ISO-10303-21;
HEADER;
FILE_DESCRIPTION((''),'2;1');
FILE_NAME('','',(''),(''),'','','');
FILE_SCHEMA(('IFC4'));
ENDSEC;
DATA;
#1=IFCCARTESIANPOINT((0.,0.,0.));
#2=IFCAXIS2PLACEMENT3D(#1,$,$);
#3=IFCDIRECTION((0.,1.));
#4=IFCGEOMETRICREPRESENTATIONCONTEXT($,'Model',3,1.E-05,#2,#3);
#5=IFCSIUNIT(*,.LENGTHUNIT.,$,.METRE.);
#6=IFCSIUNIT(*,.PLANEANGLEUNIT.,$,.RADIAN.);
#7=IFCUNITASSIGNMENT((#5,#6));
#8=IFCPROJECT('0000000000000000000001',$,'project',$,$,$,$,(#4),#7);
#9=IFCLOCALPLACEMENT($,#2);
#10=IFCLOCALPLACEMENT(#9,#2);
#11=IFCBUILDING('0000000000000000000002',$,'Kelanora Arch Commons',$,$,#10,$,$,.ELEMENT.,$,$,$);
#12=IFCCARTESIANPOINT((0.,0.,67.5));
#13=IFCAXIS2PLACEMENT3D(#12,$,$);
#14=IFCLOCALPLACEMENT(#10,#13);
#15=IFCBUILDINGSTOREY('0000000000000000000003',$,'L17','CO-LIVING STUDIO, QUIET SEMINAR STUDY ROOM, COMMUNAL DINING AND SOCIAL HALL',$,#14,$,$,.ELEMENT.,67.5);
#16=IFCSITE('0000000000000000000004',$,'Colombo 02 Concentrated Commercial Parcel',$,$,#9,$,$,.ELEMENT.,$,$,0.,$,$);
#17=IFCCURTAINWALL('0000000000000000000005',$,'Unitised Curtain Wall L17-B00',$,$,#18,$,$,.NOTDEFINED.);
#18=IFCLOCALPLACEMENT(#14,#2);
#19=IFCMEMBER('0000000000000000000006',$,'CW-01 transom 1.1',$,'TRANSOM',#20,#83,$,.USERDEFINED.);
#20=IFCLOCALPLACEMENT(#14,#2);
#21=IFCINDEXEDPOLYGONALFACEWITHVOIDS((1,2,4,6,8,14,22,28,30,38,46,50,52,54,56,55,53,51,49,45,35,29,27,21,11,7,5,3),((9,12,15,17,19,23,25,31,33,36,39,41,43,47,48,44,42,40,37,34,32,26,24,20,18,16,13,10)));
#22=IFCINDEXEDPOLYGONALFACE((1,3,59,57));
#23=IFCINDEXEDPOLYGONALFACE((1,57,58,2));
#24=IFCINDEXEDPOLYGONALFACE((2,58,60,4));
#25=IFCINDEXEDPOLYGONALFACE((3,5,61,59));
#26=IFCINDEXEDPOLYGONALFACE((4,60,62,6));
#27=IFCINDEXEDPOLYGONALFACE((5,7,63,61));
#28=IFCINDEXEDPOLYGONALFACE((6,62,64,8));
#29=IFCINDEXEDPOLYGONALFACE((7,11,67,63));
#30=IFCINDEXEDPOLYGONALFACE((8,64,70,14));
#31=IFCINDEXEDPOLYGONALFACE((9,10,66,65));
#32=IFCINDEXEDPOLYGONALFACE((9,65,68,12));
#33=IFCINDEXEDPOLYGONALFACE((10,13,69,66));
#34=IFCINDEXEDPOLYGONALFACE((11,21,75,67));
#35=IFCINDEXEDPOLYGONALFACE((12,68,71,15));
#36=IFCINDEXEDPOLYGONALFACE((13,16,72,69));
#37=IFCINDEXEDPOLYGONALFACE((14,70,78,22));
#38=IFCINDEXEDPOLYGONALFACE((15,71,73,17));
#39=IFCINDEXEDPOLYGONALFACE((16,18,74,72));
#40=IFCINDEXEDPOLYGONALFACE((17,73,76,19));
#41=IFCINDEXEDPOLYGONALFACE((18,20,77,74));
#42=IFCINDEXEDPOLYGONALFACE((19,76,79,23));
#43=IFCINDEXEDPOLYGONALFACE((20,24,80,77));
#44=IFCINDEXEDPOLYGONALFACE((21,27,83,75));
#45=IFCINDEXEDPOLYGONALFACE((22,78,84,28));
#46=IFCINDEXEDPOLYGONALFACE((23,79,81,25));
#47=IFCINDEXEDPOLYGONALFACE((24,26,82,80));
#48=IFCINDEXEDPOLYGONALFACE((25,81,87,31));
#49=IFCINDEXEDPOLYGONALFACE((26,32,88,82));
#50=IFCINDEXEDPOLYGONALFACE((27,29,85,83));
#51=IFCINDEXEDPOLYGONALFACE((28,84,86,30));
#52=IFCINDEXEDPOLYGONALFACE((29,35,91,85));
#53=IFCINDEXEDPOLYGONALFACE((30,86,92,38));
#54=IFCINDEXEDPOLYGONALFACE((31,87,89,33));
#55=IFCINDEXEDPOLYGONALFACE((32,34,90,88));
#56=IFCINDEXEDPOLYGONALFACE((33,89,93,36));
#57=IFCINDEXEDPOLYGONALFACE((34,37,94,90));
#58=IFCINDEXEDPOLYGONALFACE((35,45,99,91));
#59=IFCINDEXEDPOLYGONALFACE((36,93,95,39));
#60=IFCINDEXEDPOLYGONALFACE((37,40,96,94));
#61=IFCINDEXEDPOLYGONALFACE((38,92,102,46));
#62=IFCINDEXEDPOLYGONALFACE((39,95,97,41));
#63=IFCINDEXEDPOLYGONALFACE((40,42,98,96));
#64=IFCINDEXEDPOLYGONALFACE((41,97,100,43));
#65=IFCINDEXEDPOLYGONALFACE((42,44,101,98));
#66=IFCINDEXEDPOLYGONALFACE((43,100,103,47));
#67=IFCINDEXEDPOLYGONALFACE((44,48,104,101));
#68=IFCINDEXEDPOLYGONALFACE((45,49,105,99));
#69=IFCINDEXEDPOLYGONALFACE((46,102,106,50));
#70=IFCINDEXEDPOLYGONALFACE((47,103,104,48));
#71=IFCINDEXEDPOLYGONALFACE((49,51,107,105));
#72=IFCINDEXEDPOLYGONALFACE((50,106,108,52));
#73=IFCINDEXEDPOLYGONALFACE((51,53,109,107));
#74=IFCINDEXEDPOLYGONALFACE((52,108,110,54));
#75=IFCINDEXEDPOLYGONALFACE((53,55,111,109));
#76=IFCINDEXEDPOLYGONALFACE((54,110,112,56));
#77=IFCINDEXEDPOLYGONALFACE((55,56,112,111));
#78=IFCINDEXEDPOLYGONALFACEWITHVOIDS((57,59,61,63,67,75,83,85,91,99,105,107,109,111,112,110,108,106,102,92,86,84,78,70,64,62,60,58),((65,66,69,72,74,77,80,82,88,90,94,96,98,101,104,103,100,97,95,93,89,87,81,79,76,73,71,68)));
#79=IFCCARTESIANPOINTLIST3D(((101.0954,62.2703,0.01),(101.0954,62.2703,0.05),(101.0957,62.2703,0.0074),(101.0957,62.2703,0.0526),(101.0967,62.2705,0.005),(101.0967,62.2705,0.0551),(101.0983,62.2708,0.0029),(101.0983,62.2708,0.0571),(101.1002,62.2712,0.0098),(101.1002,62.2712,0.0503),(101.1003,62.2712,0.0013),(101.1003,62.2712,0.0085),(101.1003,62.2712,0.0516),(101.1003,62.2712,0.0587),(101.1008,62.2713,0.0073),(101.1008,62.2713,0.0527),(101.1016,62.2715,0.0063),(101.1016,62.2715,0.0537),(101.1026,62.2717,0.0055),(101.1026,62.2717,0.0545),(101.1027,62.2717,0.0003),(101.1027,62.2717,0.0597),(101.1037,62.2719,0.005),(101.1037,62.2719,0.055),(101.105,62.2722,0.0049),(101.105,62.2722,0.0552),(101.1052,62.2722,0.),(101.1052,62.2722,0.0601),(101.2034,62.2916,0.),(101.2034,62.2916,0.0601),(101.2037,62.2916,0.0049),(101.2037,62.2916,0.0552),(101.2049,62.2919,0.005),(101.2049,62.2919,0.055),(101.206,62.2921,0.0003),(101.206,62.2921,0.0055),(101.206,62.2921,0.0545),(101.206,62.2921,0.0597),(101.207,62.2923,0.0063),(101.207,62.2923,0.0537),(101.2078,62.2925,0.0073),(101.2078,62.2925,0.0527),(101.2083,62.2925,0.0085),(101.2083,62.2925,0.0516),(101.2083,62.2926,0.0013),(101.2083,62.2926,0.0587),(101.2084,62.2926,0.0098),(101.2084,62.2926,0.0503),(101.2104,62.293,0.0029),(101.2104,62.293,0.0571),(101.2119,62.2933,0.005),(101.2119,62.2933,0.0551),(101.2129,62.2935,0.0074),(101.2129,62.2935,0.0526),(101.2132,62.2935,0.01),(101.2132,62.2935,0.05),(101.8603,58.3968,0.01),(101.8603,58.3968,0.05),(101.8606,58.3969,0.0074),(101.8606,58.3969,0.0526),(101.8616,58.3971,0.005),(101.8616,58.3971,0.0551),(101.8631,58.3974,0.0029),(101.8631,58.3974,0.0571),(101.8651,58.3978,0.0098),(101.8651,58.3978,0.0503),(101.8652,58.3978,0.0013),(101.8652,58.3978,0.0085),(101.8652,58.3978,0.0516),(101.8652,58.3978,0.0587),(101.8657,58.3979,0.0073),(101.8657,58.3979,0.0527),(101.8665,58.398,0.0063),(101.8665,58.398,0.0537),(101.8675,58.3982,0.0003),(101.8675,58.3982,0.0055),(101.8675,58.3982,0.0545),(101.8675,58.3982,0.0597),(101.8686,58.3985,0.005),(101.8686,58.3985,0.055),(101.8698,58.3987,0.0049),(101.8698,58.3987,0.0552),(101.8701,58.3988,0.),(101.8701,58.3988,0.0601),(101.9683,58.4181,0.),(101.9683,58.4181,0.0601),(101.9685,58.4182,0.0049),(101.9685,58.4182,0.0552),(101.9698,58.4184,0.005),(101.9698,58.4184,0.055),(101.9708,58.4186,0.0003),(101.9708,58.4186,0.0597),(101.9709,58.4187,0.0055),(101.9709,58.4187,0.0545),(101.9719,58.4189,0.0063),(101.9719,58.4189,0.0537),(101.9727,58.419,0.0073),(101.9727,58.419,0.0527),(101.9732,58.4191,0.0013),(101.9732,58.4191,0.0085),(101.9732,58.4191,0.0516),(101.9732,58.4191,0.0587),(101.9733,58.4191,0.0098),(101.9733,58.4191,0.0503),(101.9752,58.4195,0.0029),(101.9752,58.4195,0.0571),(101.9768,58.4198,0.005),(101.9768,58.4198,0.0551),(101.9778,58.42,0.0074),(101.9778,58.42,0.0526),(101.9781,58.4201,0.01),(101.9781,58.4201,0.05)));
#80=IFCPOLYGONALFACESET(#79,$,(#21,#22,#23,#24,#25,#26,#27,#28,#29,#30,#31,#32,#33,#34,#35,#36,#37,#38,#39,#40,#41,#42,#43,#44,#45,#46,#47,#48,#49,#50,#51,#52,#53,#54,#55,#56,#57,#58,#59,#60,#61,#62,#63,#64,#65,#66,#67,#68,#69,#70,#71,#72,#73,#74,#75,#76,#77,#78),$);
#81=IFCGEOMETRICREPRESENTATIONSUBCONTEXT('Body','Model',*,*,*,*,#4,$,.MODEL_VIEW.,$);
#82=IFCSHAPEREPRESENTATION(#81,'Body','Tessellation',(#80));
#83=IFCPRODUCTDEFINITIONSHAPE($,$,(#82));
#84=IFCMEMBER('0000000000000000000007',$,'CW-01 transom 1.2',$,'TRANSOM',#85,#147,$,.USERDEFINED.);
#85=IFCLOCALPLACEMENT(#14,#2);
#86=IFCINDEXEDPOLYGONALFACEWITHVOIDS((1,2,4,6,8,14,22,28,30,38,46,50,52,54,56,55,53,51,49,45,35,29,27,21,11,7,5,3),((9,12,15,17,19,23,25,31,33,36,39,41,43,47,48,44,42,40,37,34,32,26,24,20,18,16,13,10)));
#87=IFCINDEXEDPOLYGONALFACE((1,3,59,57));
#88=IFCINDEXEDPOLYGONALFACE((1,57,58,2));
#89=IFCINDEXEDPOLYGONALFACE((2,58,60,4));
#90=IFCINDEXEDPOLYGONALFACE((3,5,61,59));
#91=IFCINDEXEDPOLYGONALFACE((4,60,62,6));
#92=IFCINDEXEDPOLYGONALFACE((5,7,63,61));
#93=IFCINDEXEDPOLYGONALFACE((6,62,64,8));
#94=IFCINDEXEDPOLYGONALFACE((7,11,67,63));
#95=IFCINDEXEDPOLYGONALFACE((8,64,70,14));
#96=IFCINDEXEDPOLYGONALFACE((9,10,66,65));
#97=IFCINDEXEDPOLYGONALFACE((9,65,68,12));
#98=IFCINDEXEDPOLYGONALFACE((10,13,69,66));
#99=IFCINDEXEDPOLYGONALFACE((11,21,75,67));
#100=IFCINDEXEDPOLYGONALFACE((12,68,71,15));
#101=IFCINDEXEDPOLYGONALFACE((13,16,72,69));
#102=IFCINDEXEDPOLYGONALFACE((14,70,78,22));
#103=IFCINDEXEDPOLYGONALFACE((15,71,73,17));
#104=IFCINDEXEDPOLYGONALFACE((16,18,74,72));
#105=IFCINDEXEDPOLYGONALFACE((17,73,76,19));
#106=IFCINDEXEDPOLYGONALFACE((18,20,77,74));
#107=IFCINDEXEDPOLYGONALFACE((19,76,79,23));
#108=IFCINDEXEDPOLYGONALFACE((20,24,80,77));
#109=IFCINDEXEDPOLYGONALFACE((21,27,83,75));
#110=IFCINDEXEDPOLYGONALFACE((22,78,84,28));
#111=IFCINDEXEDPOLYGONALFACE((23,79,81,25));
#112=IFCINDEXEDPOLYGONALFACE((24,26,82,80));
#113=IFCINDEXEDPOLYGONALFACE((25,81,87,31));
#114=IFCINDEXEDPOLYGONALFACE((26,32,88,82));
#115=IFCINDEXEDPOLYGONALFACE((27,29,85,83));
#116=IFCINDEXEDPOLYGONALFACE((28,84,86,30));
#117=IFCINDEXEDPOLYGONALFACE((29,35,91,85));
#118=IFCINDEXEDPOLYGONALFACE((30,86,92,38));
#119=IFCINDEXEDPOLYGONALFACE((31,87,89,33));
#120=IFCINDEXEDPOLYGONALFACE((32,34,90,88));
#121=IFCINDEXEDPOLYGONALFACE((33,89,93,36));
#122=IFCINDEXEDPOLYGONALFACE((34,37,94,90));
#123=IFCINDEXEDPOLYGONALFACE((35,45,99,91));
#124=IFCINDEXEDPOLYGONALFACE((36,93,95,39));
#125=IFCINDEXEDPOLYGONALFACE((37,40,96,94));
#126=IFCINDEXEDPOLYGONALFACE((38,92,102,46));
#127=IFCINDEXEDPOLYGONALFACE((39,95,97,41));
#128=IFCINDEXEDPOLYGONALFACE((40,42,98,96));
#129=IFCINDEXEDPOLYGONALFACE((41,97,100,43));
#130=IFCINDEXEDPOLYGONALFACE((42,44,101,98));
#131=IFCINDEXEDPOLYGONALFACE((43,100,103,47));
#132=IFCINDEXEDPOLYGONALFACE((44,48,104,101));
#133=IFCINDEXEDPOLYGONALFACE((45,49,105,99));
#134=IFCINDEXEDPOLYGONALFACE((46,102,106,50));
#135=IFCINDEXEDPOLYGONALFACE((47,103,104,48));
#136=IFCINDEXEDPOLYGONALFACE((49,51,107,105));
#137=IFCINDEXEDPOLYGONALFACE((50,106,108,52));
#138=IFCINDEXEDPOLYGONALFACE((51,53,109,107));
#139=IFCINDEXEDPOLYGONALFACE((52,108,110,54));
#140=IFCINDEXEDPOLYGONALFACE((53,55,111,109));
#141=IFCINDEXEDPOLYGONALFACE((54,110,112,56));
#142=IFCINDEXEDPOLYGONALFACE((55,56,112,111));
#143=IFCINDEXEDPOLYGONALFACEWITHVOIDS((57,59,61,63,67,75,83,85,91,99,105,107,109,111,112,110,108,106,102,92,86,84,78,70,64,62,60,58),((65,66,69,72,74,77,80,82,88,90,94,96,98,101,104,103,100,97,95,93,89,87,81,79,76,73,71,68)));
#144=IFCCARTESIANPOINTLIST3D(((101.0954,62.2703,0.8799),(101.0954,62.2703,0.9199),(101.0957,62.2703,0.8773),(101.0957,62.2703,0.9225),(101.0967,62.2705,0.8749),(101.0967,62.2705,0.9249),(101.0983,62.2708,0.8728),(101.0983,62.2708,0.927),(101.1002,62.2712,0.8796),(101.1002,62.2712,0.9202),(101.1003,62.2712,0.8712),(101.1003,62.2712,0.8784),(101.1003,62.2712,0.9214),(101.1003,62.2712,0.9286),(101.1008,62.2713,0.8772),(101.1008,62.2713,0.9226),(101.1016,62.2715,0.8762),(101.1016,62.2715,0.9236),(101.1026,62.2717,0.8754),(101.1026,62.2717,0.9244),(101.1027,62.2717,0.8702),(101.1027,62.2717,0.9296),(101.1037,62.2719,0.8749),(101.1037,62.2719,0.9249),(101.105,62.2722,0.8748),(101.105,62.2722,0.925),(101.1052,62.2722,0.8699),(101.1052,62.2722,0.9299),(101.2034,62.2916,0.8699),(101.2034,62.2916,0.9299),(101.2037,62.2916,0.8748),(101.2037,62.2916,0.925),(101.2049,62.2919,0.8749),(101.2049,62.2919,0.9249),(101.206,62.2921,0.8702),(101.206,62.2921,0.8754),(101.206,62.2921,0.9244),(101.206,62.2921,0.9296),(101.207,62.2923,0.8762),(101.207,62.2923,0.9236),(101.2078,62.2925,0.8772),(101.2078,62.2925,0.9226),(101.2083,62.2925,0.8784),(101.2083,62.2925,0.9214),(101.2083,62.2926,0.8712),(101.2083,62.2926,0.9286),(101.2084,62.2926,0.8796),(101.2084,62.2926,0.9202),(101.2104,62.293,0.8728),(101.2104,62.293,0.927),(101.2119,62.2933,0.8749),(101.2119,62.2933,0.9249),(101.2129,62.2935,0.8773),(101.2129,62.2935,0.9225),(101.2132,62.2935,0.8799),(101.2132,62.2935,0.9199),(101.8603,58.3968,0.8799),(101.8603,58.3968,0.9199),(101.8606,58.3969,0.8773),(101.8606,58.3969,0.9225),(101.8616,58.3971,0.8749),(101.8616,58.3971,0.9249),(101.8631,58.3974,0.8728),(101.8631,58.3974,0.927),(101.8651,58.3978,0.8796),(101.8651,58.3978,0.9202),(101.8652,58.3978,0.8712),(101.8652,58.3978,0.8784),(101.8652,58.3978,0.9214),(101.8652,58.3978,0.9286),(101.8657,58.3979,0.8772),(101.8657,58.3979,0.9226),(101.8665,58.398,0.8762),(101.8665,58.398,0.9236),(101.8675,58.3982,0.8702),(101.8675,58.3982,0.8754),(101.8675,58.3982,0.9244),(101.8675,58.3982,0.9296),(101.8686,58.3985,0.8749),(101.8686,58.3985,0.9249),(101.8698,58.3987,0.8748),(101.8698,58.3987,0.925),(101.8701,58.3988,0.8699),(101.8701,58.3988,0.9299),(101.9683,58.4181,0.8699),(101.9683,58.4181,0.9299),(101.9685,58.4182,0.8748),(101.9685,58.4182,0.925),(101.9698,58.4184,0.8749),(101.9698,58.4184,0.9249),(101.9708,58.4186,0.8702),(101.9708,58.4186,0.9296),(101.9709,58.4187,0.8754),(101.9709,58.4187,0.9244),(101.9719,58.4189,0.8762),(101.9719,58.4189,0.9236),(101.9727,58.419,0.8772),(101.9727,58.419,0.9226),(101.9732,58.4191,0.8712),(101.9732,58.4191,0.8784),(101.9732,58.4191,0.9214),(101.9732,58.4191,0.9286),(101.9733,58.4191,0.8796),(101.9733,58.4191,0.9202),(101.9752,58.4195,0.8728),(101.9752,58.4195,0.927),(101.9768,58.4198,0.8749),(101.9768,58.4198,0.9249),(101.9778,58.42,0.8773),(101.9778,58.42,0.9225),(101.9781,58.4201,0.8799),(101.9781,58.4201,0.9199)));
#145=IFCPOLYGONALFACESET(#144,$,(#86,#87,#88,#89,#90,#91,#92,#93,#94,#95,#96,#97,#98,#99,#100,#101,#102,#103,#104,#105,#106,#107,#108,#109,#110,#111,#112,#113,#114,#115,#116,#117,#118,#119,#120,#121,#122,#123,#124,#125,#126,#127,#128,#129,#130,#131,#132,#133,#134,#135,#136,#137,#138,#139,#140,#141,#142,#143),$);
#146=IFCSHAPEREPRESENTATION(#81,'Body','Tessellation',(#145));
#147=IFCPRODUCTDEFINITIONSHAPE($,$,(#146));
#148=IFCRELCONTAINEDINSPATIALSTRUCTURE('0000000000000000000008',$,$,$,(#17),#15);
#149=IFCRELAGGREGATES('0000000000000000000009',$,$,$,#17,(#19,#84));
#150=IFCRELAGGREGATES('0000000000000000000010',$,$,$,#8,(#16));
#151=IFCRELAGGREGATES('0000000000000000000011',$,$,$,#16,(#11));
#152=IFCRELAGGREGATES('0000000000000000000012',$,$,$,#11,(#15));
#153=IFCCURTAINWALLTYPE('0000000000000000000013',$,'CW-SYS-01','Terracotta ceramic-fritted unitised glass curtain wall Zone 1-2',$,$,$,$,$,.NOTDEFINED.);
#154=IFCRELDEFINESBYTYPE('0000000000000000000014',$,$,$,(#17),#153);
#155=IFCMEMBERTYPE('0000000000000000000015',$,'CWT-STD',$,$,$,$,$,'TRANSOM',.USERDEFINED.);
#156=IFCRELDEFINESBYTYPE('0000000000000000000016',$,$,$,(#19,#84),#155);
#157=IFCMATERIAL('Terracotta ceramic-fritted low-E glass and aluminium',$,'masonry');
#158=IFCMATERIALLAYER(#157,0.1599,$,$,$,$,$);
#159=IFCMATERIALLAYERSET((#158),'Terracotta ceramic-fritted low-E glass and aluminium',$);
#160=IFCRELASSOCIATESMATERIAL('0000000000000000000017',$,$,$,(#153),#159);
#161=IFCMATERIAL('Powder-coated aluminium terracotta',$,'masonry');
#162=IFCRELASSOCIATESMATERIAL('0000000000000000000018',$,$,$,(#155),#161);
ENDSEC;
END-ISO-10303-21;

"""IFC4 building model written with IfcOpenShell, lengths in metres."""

from ifc_helpers import new_model, si_unit, direction, frame, origin, origin_2d, place, context, subcontext, project, spatial, hollow_rectangle, extrude, material, layer, layer_set, material_profile, profile_set, type_object, element, aggregate, save


model = new_model("IFC4")

# Units and contexts
model_context = context("Model", 3, precision=1e-05, world=origin(), true_north=direction((0.0, 1.0)))
body_context = subcontext(model_context, "Body", "Model", "MODEL_VIEW")
ifc_project = project(units=[si_unit("LENGTHUNIT", "METRE"), si_unit("PLANEANGLEUNIT", "RADIAN")], contexts=[model_context])

# Site, building, storey
site_placement = place(None, origin())
site = spatial("IfcSite", under=ifc_project, at=site_placement, Name="Colombo 02 Concentrated Commercial Parcel", CompositionType="ELEMENT", RefElevation=0.0)
building_placement = place(site_placement, origin())
building = spatial("IfcBuilding", under=site, at=building_placement, Name="Kelanora Arch Commons", CompositionType="ELEMENT")
storey_placement = place(building_placement, frame((0.0, 0.0, 67.5)))
storey = spatial("IfcBuildingStorey", under=building, at=storey_placement, Name="L17", Description="CO-LIVING STUDIO, QUIET SEMINAR STUDY ROOM, COMMUNAL DINING AND SOCIAL HALL", CompositionType="ELEMENT", Elevation=67.5)

# Curtain wall, members
ifc_material_1 = material(Name="Terracotta ceramic-fritted low-E glass and aluminium", Category="masonry")
ifc_layer_1 = layer(ifc_material_1, 0.1599)
ifc_layer_set_1 = layer_set([ifc_layer_1], Name="Terracotta ceramic-fritted low-E glass and aluminium")
curtain_wall_type = type_object("IfcCurtainWallType", Name="CW-SYS-01", Description="Terracotta ceramic-fritted unitised glass curtain wall Zone 1-2", PredefinedType="NOTDEFINED", material=ifc_layer_set_1)
curtain_wall_placement = place(storey_placement, origin())
curtain_wall = element("IfcCurtainWall", 1, at=curtain_wall_placement, inside=storey, type_object=curtain_wall_type, Name="Unitised Curtain Wall L17-B00", PredefinedType="NOTDEFINED")
ifc_material_2 = material(Name="Powder-coated aluminium terracotta", Category="masonry")
ifc_material_profile_1 = material_profile(ifc_material_2, hollow_rectangle(XDim=0.1201, YDim=0.0601, WallThickness=0.0049, InnerFilletRadius=0.0049, OuterFilletRadius=0.01, at=origin_2d()), Name="CWT120x60")
ifc_profile_set_1 = profile_set([ifc_material_profile_1], Name="Powder-coated aluminium terracotta")
member_type_1 = type_object("IfcMemberType", Name="CWT-STD", ElementType="TRANSOM", PredefinedType="USERDEFINED", material=ifc_profile_set_1)
member_1_placement = place(storey_placement, frame((101.9192, 58.4084, 0.03), z_axis=(-0.193725, 0.981056, 0.0), x_axis=(-0.981056, -0.193725, 0.0)))
member_1 = element("IfcMember", 2, at=member_1_placement, type_object=member_type_1, Name="CW-01 transom 1.1", ObjectType="TRANSOM", PredefinedType="USERDEFINED", context=body_context, shape_type="SweptSolid", body=[
    extrude(hollow_rectangle(XDim=0.1201, YDim=0.0601, WallThickness=0.0049, InnerFilletRadius=0.0049, OuterFilletRadius=0.01, at=origin_2d()), origin(), (0.0, 0.0, 1.0), 3.9482),
])
member_2_placement = place(storey_placement, frame((101.9192, 58.4084, 0.8999), z_axis=(-0.193725, 0.981056, 0.0), x_axis=(-0.981056, -0.193725, 0.0)))
member_2 = element("IfcMember", 3, at=member_2_placement, type_object=member_type_1, Name="CW-01 transom 1.2", ObjectType="TRANSOM", PredefinedType="USERDEFINED", context=body_context, shape_type="SweptSolid", body=[
    extrude(hollow_rectangle(XDim=0.1201, YDim=0.0601, WallThickness=0.0049, InnerFilletRadius=0.0049, OuterFilletRadius=0.01, at=origin_2d()), origin(), (0.0, 0.0, 1.0), 3.9482),
])
aggregate(curtain_wall, [member_1, member_2])

save(model, "model.ifc")
